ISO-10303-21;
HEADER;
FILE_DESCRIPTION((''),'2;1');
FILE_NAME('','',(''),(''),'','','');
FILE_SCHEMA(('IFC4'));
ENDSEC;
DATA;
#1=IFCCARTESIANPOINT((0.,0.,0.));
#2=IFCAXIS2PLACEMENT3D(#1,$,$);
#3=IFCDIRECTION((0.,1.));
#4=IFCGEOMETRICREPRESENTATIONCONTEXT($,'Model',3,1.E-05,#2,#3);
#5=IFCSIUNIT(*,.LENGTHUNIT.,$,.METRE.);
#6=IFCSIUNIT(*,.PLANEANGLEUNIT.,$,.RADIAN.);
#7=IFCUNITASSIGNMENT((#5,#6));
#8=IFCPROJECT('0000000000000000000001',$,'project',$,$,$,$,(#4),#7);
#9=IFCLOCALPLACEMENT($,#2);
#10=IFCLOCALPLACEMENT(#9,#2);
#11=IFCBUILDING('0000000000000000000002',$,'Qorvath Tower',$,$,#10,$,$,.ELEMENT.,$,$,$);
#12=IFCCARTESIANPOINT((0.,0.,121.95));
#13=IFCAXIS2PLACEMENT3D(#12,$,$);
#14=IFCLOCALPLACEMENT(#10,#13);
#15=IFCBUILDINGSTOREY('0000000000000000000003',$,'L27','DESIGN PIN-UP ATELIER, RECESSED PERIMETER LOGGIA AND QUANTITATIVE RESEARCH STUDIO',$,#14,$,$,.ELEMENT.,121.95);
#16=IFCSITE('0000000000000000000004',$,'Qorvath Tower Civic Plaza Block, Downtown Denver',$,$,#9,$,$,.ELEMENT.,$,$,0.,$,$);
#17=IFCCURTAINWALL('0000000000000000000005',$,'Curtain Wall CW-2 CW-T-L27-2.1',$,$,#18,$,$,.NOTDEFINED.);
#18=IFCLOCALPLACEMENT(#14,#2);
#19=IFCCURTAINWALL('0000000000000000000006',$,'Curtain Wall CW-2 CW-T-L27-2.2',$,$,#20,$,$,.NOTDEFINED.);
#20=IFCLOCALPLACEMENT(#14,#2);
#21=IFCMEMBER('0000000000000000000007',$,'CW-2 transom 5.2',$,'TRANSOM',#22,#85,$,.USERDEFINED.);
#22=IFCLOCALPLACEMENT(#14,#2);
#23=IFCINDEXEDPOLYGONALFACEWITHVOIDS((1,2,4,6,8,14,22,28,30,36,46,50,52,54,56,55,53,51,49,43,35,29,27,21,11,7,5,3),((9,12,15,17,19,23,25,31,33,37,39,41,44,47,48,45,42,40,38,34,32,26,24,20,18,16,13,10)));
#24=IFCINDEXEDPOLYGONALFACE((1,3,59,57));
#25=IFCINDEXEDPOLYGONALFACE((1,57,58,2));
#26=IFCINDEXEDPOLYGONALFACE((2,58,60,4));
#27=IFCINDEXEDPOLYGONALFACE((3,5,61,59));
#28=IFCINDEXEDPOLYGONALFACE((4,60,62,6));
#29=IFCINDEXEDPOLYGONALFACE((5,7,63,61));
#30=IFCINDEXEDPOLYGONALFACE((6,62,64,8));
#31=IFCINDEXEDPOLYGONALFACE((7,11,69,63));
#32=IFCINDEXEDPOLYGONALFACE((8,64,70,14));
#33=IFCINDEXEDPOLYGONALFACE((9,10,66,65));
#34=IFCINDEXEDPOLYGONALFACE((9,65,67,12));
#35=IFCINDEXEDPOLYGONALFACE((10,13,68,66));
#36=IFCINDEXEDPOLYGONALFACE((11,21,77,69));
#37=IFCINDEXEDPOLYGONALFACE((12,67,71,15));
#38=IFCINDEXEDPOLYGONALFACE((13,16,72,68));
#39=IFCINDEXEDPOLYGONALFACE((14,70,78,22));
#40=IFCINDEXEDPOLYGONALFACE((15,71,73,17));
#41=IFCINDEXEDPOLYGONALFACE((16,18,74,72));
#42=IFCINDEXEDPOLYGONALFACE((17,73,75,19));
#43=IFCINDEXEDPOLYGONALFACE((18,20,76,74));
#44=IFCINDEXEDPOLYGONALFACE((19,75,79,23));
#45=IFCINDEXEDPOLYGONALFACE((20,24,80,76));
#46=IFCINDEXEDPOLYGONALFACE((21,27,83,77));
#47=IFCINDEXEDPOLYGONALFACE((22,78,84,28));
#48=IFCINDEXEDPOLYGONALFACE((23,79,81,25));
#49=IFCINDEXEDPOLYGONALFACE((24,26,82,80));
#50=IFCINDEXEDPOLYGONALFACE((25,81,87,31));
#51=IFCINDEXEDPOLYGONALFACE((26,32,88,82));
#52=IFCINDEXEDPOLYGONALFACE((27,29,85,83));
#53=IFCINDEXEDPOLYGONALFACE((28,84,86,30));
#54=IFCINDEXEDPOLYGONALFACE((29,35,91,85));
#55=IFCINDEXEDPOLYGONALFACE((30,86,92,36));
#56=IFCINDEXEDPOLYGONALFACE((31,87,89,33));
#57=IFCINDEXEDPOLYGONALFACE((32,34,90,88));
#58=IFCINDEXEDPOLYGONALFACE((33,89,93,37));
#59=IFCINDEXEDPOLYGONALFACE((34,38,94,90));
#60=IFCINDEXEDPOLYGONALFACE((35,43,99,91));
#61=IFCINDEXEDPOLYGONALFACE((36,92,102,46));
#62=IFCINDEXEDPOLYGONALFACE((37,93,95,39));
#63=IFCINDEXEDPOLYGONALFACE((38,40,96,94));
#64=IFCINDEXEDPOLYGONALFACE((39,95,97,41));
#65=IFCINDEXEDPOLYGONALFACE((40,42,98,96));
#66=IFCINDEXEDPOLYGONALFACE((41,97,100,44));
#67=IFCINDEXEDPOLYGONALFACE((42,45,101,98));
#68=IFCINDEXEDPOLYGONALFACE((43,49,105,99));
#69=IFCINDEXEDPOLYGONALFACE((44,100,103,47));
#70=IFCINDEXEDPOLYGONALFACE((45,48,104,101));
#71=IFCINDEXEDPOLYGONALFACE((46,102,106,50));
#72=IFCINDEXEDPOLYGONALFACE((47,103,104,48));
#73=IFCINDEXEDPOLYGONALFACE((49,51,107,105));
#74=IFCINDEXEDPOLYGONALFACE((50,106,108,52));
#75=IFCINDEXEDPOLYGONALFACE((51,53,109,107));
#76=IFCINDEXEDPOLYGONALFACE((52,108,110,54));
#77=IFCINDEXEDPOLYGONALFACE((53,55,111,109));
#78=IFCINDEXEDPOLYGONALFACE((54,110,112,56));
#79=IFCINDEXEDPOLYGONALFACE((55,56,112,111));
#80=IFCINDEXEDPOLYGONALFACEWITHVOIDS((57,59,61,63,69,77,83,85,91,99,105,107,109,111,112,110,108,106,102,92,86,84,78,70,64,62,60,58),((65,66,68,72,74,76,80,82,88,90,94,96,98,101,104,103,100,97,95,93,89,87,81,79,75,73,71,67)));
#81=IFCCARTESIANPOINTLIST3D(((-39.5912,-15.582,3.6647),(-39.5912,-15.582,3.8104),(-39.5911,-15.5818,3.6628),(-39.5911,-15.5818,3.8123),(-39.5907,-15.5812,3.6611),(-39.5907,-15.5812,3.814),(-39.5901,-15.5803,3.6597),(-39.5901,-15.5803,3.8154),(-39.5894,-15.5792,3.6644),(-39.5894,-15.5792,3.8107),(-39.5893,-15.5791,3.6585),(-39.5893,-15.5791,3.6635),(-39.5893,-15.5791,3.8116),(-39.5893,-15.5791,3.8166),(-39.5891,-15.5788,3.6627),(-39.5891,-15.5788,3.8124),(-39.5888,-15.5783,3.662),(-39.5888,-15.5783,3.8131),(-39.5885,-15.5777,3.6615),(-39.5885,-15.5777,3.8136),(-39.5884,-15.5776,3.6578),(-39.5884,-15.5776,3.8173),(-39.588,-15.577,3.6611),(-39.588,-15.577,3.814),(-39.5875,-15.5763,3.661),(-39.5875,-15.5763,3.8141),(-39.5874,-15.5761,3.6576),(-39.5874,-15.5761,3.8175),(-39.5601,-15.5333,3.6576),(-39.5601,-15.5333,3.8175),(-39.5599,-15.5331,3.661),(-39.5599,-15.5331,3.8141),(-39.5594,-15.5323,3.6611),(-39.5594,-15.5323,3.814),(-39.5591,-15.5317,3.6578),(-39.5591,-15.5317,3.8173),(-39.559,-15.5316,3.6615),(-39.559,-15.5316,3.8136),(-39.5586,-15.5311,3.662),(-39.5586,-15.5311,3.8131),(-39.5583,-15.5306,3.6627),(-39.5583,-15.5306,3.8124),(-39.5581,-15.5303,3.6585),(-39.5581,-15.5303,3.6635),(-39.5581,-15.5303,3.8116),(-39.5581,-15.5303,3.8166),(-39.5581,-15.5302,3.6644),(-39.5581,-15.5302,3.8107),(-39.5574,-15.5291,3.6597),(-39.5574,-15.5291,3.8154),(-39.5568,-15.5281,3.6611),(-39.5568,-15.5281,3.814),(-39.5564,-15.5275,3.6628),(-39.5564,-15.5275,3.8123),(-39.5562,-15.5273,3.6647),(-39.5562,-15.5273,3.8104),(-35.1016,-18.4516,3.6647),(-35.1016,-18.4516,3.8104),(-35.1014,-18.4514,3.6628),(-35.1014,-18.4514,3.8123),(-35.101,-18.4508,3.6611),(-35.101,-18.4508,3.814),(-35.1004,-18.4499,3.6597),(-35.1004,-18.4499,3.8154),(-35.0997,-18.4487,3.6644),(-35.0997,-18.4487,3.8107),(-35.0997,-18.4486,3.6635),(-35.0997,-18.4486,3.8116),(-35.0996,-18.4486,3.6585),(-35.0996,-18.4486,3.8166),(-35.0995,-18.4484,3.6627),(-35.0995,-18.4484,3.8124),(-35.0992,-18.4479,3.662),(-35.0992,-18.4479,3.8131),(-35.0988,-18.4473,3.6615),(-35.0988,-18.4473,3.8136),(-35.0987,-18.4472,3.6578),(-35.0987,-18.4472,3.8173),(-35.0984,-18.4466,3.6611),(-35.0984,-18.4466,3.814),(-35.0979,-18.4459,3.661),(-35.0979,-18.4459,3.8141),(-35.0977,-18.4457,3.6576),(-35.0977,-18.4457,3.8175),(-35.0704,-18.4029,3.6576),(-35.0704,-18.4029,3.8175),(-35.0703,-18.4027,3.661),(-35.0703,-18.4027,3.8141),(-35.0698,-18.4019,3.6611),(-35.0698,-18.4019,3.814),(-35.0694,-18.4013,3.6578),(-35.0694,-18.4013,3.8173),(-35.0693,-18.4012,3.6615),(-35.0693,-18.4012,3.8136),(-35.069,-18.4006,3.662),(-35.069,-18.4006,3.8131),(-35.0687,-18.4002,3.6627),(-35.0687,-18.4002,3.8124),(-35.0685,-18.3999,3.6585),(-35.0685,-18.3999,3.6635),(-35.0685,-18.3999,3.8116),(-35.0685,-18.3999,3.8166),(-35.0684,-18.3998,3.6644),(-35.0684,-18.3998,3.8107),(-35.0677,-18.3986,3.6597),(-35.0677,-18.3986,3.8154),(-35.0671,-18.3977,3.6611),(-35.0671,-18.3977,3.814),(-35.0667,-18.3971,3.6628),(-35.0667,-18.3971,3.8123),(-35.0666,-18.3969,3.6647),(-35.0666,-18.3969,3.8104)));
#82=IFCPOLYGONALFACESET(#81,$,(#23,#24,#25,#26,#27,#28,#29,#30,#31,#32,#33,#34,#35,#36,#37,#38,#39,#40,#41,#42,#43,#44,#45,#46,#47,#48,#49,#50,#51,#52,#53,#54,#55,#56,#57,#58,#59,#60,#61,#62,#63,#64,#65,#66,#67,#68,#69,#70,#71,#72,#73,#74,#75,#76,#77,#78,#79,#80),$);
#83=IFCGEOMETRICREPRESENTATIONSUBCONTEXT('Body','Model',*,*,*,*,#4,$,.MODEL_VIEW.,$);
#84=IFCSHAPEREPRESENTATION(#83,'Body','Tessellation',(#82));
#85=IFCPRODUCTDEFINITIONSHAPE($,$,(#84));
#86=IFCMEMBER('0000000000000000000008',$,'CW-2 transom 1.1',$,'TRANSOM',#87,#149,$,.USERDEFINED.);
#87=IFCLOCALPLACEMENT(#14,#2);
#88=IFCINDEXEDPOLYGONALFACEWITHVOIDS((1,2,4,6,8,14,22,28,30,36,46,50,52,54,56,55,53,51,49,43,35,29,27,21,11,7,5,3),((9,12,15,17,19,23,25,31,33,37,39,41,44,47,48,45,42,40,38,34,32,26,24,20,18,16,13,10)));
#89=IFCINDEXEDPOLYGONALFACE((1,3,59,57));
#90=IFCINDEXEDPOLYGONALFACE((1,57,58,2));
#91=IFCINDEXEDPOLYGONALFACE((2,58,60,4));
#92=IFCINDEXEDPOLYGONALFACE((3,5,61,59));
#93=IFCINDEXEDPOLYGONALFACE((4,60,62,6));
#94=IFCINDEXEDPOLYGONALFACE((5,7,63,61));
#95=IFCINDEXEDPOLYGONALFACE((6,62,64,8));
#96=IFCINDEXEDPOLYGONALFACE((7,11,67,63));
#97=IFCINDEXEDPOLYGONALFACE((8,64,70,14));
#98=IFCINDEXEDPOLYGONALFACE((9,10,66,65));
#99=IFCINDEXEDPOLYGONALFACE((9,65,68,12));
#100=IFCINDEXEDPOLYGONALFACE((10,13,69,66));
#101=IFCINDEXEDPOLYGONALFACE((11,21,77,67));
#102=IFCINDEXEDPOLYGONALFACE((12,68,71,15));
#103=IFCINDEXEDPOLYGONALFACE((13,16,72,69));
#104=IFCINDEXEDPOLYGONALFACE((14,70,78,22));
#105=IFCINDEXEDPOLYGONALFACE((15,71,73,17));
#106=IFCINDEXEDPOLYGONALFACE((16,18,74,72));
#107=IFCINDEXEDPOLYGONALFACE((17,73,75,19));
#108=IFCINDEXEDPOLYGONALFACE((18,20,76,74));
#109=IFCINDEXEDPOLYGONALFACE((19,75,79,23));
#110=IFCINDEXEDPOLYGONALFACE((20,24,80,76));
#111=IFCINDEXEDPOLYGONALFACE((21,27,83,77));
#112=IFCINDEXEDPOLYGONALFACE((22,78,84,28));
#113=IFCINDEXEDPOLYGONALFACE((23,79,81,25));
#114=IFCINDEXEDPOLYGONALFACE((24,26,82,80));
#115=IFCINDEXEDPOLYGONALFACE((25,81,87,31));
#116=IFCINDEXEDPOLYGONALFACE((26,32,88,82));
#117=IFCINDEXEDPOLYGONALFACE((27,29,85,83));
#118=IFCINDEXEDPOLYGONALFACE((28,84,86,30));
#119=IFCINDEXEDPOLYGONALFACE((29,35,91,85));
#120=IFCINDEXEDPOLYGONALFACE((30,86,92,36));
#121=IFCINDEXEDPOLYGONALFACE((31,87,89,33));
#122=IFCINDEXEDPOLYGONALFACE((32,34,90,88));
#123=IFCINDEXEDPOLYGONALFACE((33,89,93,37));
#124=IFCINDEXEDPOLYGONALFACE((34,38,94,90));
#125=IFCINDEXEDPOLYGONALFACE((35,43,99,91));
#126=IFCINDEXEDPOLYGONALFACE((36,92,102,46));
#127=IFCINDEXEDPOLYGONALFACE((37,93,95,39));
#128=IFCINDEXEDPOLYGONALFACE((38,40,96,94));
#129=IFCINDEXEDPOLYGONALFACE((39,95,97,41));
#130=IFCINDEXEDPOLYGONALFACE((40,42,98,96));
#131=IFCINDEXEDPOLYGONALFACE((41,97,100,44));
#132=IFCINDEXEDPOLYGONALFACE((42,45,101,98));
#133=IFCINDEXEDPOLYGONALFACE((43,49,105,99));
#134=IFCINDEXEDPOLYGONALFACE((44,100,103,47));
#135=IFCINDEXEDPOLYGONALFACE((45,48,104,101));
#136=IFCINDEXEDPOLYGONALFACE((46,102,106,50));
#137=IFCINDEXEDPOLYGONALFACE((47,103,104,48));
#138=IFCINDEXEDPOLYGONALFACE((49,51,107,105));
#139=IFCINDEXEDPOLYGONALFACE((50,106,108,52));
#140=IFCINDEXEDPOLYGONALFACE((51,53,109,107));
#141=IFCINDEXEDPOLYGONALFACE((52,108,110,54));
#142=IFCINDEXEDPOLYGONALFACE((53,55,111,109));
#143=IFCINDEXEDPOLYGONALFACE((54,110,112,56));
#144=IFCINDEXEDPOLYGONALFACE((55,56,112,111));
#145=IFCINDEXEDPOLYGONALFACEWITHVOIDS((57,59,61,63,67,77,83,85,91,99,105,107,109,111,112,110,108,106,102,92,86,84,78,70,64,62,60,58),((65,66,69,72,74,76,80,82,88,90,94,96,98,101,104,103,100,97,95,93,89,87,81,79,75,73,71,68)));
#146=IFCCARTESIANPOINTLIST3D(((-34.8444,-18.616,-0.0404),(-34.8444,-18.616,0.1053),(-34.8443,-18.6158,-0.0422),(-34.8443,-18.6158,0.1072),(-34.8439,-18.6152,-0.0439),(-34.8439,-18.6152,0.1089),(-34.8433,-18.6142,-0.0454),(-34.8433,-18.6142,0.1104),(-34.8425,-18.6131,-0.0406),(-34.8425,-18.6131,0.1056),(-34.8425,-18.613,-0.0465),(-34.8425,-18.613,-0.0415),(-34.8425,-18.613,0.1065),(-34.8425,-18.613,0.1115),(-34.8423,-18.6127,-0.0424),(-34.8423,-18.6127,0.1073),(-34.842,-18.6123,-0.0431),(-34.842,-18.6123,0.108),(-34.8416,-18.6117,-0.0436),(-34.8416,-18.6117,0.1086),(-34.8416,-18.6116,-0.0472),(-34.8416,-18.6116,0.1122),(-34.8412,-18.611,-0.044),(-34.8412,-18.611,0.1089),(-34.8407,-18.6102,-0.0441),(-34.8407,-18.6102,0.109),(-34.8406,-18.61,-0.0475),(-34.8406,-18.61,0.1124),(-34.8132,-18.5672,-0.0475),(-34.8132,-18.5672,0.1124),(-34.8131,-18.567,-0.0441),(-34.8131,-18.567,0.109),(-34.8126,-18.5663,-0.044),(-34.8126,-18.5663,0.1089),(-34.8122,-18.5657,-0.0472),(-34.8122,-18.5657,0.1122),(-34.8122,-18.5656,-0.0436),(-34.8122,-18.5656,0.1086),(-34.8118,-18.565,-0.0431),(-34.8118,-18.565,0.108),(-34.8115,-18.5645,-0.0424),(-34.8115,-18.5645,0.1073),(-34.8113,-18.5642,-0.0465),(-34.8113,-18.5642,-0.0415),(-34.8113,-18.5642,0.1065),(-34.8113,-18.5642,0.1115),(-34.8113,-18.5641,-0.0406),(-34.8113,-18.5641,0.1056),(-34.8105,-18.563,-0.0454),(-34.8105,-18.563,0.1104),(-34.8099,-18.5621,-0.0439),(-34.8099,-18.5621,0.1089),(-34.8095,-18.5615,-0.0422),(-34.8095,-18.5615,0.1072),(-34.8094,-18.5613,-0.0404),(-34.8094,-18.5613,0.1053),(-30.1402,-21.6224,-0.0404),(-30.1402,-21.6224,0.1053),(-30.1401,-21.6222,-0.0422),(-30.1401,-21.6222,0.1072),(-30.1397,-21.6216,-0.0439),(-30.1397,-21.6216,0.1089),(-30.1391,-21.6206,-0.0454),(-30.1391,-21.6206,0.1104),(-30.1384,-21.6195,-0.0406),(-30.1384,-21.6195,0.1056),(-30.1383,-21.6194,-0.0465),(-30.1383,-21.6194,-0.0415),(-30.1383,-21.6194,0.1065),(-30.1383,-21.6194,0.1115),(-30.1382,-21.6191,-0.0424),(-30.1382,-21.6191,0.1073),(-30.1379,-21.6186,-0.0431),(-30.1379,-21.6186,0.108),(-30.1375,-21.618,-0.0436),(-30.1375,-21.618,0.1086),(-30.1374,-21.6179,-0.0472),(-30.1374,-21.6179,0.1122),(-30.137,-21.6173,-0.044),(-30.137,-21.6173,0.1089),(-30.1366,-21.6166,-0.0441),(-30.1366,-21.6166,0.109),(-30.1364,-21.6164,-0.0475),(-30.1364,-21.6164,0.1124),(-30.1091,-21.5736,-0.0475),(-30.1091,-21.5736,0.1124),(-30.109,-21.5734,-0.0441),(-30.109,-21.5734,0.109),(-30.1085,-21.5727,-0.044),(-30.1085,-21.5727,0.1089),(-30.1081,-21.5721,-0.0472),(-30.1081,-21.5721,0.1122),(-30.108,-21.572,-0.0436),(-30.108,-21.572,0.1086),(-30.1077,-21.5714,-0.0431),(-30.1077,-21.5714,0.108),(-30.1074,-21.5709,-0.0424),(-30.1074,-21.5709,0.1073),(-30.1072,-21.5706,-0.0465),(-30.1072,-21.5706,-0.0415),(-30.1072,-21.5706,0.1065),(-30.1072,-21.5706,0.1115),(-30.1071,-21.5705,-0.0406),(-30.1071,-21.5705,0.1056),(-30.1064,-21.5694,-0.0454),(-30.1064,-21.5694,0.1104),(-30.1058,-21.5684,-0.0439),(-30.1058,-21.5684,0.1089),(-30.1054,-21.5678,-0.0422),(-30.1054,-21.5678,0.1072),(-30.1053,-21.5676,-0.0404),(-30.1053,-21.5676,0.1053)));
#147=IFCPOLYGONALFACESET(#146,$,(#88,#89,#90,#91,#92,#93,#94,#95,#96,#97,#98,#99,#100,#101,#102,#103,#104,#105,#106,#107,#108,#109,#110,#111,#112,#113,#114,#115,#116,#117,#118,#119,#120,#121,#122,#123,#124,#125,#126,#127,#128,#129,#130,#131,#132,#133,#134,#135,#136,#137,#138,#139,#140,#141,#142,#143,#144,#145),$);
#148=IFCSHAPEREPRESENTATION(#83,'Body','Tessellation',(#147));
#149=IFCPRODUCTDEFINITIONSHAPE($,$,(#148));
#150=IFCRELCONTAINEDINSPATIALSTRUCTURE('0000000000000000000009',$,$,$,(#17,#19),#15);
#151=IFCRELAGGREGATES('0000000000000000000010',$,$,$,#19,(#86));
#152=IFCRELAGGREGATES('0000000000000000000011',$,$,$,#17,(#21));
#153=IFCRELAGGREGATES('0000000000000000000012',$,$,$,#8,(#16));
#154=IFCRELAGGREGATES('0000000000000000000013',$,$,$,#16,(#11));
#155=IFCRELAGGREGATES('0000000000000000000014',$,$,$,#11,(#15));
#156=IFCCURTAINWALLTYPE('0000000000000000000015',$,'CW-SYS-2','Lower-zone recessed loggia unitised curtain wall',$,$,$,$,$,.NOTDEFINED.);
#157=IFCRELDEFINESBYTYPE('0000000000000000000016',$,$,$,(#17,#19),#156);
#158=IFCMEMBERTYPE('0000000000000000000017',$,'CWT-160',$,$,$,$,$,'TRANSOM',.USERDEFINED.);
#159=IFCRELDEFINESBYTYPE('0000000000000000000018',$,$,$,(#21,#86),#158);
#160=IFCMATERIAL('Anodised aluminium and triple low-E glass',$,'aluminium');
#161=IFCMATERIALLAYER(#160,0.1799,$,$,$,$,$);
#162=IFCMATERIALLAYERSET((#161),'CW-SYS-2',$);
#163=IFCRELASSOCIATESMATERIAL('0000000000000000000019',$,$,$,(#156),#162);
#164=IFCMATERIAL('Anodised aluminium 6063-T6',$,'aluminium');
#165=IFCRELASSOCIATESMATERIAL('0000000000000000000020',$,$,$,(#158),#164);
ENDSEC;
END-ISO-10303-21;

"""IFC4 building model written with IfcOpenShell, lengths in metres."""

from ifc_helpers import new_model, si_unit, direction, frame, origin, origin_2d, place, context, subcontext, project, spatial, hollow_rectangle, extrude, material, layer, layer_set, material_profile, profile_set, type_object, element, aggregate, save


model = new_model("IFC4")

# Units and contexts
model_context = context("Model", 3, precision=1e-05, world=origin(), true_north=direction((0.0, 1.0)))
body_context = subcontext(model_context, "Body", "Model", "MODEL_VIEW")
ifc_project = project(units=[si_unit("LENGTHUNIT", "METRE"), si_unit("PLANEANGLEUNIT", "RADIAN")], contexts=[model_context])

# Site, building, storey
site_placement = place(None, origin())
site = spatial("IfcSite", under=ifc_project, at=site_placement, Name="Qorvath Tower Civic Plaza Block, Downtown Denver", CompositionType="ELEMENT", RefElevation=0.0)
building_placement = place(site_placement, origin())
building = spatial("IfcBuilding", under=site, at=building_placement, Name="Qorvath Tower", CompositionType="ELEMENT")
storey_placement = place(building_placement, frame((0.0, 0.0, 121.95)))
storey = spatial("IfcBuildingStorey", under=building, at=storey_placement, Name="L27", Description="DESIGN PIN-UP ATELIER, RECESSED PERIMETER LOGGIA AND QUANTITATIVE RESEARCH STUDIO", CompositionType="ELEMENT", Elevation=121.95)

# Curtain walls
ifc_material_1 = material(Name="Anodised aluminium and triple low-E glass", Category="aluminium")
ifc_layer_1 = layer(ifc_material_1, 0.1799)
ifc_layer_set_1 = layer_set([ifc_layer_1], Name="CW-SYS-2")
curtain_wall_type = type_object("IfcCurtainWallType", Name="CW-SYS-2", Description="Lower-zone recessed loggia unitised curtain wall", PredefinedType="NOTDEFINED", material=ifc_layer_set_1)
curtain_wall_1_placement = place(storey_placement, origin())
curtain_wall_1 = element("IfcCurtainWall", 1, at=curtain_wall_1_placement, inside=storey, type_object=curtain_wall_type, Name="Curtain Wall CW-2 CW-T-L27-2.1", PredefinedType="NOTDEFINED")
curtain_wall_2_placement = place(storey_placement, origin())
curtain_wall_2 = element("IfcCurtainWall", 2, at=curtain_wall_2_placement, inside=storey, type_object=curtain_wall_type, Name="Curtain Wall CW-2 CW-T-L27-2.2", PredefinedType="NOTDEFINED")

# Members
ifc_material_2 = material(Name="Anodised aluminium 6063-T6", Category="aluminium")
ifc_material_profile_1 = material_profile(ifc_material_2, hollow_rectangle(XDim=0.0649, YDim=0.1599, WallThickness=0.0034, InnerFilletRadius=0.0034, OuterFilletRadius=0.0071, at=origin_2d()), Name="CWT 160x65")
ifc_profile_set_1 = profile_set([ifc_material_profile_1], Name="Anodised aluminium 6063-T6")
member_type_1 = type_object("IfcMemberType", Name="CWT-160", ElementType="TRANSOM", PredefinedType="USERDEFINED", material=ifc_profile_set_1)
member_1_placement = place(storey_placement, frame((-39.5737, -15.5547, 3.7375), z_axis=(0.842596, -0.538547, 0.0), x_axis=(0.538547, 0.842596, 0.0)))
member_1 = element("IfcMember", 3, at=member_1_placement, type_object=member_type_1, Name="CW-2 transom 5.2", ObjectType="TRANSOM", PredefinedType="USERDEFINED", context=body_context, shape_type="SweptSolid", body=[
    extrude(hollow_rectangle(XDim=0.0649, YDim=0.1599, WallThickness=0.0034, InnerFilletRadius=0.0034, OuterFilletRadius=0.0071, at=origin_2d()), origin(), (0.0, 0.0, 1.0), 5.3284),
])
member_2_placement = place(storey_placement, frame((-34.8269, -18.5886, 0.0325), z_axis=(0.842619, -0.53851, 0.0), x_axis=(0.53851, 0.842619, 0.0)))
member_2 = element("IfcMember", 4, at=member_2_placement, type_object=member_type_1, Name="CW-2 transom 1.1", ObjectType="TRANSOM", PredefinedType="USERDEFINED", context=body_context, shape_type="SweptSolid", body=[
    extrude(hollow_rectangle(XDim=0.0649, YDim=0.1599, WallThickness=0.0034, InnerFilletRadius=0.0034, OuterFilletRadius=0.0071, at=origin_2d()), origin(), (0.0, 0.0, 1.0), 5.5828),
])
aggregate(curtain_wall_2, [member_2])

aggregate(curtain_wall_1, [member_1])

save(model, "model.ifc")
